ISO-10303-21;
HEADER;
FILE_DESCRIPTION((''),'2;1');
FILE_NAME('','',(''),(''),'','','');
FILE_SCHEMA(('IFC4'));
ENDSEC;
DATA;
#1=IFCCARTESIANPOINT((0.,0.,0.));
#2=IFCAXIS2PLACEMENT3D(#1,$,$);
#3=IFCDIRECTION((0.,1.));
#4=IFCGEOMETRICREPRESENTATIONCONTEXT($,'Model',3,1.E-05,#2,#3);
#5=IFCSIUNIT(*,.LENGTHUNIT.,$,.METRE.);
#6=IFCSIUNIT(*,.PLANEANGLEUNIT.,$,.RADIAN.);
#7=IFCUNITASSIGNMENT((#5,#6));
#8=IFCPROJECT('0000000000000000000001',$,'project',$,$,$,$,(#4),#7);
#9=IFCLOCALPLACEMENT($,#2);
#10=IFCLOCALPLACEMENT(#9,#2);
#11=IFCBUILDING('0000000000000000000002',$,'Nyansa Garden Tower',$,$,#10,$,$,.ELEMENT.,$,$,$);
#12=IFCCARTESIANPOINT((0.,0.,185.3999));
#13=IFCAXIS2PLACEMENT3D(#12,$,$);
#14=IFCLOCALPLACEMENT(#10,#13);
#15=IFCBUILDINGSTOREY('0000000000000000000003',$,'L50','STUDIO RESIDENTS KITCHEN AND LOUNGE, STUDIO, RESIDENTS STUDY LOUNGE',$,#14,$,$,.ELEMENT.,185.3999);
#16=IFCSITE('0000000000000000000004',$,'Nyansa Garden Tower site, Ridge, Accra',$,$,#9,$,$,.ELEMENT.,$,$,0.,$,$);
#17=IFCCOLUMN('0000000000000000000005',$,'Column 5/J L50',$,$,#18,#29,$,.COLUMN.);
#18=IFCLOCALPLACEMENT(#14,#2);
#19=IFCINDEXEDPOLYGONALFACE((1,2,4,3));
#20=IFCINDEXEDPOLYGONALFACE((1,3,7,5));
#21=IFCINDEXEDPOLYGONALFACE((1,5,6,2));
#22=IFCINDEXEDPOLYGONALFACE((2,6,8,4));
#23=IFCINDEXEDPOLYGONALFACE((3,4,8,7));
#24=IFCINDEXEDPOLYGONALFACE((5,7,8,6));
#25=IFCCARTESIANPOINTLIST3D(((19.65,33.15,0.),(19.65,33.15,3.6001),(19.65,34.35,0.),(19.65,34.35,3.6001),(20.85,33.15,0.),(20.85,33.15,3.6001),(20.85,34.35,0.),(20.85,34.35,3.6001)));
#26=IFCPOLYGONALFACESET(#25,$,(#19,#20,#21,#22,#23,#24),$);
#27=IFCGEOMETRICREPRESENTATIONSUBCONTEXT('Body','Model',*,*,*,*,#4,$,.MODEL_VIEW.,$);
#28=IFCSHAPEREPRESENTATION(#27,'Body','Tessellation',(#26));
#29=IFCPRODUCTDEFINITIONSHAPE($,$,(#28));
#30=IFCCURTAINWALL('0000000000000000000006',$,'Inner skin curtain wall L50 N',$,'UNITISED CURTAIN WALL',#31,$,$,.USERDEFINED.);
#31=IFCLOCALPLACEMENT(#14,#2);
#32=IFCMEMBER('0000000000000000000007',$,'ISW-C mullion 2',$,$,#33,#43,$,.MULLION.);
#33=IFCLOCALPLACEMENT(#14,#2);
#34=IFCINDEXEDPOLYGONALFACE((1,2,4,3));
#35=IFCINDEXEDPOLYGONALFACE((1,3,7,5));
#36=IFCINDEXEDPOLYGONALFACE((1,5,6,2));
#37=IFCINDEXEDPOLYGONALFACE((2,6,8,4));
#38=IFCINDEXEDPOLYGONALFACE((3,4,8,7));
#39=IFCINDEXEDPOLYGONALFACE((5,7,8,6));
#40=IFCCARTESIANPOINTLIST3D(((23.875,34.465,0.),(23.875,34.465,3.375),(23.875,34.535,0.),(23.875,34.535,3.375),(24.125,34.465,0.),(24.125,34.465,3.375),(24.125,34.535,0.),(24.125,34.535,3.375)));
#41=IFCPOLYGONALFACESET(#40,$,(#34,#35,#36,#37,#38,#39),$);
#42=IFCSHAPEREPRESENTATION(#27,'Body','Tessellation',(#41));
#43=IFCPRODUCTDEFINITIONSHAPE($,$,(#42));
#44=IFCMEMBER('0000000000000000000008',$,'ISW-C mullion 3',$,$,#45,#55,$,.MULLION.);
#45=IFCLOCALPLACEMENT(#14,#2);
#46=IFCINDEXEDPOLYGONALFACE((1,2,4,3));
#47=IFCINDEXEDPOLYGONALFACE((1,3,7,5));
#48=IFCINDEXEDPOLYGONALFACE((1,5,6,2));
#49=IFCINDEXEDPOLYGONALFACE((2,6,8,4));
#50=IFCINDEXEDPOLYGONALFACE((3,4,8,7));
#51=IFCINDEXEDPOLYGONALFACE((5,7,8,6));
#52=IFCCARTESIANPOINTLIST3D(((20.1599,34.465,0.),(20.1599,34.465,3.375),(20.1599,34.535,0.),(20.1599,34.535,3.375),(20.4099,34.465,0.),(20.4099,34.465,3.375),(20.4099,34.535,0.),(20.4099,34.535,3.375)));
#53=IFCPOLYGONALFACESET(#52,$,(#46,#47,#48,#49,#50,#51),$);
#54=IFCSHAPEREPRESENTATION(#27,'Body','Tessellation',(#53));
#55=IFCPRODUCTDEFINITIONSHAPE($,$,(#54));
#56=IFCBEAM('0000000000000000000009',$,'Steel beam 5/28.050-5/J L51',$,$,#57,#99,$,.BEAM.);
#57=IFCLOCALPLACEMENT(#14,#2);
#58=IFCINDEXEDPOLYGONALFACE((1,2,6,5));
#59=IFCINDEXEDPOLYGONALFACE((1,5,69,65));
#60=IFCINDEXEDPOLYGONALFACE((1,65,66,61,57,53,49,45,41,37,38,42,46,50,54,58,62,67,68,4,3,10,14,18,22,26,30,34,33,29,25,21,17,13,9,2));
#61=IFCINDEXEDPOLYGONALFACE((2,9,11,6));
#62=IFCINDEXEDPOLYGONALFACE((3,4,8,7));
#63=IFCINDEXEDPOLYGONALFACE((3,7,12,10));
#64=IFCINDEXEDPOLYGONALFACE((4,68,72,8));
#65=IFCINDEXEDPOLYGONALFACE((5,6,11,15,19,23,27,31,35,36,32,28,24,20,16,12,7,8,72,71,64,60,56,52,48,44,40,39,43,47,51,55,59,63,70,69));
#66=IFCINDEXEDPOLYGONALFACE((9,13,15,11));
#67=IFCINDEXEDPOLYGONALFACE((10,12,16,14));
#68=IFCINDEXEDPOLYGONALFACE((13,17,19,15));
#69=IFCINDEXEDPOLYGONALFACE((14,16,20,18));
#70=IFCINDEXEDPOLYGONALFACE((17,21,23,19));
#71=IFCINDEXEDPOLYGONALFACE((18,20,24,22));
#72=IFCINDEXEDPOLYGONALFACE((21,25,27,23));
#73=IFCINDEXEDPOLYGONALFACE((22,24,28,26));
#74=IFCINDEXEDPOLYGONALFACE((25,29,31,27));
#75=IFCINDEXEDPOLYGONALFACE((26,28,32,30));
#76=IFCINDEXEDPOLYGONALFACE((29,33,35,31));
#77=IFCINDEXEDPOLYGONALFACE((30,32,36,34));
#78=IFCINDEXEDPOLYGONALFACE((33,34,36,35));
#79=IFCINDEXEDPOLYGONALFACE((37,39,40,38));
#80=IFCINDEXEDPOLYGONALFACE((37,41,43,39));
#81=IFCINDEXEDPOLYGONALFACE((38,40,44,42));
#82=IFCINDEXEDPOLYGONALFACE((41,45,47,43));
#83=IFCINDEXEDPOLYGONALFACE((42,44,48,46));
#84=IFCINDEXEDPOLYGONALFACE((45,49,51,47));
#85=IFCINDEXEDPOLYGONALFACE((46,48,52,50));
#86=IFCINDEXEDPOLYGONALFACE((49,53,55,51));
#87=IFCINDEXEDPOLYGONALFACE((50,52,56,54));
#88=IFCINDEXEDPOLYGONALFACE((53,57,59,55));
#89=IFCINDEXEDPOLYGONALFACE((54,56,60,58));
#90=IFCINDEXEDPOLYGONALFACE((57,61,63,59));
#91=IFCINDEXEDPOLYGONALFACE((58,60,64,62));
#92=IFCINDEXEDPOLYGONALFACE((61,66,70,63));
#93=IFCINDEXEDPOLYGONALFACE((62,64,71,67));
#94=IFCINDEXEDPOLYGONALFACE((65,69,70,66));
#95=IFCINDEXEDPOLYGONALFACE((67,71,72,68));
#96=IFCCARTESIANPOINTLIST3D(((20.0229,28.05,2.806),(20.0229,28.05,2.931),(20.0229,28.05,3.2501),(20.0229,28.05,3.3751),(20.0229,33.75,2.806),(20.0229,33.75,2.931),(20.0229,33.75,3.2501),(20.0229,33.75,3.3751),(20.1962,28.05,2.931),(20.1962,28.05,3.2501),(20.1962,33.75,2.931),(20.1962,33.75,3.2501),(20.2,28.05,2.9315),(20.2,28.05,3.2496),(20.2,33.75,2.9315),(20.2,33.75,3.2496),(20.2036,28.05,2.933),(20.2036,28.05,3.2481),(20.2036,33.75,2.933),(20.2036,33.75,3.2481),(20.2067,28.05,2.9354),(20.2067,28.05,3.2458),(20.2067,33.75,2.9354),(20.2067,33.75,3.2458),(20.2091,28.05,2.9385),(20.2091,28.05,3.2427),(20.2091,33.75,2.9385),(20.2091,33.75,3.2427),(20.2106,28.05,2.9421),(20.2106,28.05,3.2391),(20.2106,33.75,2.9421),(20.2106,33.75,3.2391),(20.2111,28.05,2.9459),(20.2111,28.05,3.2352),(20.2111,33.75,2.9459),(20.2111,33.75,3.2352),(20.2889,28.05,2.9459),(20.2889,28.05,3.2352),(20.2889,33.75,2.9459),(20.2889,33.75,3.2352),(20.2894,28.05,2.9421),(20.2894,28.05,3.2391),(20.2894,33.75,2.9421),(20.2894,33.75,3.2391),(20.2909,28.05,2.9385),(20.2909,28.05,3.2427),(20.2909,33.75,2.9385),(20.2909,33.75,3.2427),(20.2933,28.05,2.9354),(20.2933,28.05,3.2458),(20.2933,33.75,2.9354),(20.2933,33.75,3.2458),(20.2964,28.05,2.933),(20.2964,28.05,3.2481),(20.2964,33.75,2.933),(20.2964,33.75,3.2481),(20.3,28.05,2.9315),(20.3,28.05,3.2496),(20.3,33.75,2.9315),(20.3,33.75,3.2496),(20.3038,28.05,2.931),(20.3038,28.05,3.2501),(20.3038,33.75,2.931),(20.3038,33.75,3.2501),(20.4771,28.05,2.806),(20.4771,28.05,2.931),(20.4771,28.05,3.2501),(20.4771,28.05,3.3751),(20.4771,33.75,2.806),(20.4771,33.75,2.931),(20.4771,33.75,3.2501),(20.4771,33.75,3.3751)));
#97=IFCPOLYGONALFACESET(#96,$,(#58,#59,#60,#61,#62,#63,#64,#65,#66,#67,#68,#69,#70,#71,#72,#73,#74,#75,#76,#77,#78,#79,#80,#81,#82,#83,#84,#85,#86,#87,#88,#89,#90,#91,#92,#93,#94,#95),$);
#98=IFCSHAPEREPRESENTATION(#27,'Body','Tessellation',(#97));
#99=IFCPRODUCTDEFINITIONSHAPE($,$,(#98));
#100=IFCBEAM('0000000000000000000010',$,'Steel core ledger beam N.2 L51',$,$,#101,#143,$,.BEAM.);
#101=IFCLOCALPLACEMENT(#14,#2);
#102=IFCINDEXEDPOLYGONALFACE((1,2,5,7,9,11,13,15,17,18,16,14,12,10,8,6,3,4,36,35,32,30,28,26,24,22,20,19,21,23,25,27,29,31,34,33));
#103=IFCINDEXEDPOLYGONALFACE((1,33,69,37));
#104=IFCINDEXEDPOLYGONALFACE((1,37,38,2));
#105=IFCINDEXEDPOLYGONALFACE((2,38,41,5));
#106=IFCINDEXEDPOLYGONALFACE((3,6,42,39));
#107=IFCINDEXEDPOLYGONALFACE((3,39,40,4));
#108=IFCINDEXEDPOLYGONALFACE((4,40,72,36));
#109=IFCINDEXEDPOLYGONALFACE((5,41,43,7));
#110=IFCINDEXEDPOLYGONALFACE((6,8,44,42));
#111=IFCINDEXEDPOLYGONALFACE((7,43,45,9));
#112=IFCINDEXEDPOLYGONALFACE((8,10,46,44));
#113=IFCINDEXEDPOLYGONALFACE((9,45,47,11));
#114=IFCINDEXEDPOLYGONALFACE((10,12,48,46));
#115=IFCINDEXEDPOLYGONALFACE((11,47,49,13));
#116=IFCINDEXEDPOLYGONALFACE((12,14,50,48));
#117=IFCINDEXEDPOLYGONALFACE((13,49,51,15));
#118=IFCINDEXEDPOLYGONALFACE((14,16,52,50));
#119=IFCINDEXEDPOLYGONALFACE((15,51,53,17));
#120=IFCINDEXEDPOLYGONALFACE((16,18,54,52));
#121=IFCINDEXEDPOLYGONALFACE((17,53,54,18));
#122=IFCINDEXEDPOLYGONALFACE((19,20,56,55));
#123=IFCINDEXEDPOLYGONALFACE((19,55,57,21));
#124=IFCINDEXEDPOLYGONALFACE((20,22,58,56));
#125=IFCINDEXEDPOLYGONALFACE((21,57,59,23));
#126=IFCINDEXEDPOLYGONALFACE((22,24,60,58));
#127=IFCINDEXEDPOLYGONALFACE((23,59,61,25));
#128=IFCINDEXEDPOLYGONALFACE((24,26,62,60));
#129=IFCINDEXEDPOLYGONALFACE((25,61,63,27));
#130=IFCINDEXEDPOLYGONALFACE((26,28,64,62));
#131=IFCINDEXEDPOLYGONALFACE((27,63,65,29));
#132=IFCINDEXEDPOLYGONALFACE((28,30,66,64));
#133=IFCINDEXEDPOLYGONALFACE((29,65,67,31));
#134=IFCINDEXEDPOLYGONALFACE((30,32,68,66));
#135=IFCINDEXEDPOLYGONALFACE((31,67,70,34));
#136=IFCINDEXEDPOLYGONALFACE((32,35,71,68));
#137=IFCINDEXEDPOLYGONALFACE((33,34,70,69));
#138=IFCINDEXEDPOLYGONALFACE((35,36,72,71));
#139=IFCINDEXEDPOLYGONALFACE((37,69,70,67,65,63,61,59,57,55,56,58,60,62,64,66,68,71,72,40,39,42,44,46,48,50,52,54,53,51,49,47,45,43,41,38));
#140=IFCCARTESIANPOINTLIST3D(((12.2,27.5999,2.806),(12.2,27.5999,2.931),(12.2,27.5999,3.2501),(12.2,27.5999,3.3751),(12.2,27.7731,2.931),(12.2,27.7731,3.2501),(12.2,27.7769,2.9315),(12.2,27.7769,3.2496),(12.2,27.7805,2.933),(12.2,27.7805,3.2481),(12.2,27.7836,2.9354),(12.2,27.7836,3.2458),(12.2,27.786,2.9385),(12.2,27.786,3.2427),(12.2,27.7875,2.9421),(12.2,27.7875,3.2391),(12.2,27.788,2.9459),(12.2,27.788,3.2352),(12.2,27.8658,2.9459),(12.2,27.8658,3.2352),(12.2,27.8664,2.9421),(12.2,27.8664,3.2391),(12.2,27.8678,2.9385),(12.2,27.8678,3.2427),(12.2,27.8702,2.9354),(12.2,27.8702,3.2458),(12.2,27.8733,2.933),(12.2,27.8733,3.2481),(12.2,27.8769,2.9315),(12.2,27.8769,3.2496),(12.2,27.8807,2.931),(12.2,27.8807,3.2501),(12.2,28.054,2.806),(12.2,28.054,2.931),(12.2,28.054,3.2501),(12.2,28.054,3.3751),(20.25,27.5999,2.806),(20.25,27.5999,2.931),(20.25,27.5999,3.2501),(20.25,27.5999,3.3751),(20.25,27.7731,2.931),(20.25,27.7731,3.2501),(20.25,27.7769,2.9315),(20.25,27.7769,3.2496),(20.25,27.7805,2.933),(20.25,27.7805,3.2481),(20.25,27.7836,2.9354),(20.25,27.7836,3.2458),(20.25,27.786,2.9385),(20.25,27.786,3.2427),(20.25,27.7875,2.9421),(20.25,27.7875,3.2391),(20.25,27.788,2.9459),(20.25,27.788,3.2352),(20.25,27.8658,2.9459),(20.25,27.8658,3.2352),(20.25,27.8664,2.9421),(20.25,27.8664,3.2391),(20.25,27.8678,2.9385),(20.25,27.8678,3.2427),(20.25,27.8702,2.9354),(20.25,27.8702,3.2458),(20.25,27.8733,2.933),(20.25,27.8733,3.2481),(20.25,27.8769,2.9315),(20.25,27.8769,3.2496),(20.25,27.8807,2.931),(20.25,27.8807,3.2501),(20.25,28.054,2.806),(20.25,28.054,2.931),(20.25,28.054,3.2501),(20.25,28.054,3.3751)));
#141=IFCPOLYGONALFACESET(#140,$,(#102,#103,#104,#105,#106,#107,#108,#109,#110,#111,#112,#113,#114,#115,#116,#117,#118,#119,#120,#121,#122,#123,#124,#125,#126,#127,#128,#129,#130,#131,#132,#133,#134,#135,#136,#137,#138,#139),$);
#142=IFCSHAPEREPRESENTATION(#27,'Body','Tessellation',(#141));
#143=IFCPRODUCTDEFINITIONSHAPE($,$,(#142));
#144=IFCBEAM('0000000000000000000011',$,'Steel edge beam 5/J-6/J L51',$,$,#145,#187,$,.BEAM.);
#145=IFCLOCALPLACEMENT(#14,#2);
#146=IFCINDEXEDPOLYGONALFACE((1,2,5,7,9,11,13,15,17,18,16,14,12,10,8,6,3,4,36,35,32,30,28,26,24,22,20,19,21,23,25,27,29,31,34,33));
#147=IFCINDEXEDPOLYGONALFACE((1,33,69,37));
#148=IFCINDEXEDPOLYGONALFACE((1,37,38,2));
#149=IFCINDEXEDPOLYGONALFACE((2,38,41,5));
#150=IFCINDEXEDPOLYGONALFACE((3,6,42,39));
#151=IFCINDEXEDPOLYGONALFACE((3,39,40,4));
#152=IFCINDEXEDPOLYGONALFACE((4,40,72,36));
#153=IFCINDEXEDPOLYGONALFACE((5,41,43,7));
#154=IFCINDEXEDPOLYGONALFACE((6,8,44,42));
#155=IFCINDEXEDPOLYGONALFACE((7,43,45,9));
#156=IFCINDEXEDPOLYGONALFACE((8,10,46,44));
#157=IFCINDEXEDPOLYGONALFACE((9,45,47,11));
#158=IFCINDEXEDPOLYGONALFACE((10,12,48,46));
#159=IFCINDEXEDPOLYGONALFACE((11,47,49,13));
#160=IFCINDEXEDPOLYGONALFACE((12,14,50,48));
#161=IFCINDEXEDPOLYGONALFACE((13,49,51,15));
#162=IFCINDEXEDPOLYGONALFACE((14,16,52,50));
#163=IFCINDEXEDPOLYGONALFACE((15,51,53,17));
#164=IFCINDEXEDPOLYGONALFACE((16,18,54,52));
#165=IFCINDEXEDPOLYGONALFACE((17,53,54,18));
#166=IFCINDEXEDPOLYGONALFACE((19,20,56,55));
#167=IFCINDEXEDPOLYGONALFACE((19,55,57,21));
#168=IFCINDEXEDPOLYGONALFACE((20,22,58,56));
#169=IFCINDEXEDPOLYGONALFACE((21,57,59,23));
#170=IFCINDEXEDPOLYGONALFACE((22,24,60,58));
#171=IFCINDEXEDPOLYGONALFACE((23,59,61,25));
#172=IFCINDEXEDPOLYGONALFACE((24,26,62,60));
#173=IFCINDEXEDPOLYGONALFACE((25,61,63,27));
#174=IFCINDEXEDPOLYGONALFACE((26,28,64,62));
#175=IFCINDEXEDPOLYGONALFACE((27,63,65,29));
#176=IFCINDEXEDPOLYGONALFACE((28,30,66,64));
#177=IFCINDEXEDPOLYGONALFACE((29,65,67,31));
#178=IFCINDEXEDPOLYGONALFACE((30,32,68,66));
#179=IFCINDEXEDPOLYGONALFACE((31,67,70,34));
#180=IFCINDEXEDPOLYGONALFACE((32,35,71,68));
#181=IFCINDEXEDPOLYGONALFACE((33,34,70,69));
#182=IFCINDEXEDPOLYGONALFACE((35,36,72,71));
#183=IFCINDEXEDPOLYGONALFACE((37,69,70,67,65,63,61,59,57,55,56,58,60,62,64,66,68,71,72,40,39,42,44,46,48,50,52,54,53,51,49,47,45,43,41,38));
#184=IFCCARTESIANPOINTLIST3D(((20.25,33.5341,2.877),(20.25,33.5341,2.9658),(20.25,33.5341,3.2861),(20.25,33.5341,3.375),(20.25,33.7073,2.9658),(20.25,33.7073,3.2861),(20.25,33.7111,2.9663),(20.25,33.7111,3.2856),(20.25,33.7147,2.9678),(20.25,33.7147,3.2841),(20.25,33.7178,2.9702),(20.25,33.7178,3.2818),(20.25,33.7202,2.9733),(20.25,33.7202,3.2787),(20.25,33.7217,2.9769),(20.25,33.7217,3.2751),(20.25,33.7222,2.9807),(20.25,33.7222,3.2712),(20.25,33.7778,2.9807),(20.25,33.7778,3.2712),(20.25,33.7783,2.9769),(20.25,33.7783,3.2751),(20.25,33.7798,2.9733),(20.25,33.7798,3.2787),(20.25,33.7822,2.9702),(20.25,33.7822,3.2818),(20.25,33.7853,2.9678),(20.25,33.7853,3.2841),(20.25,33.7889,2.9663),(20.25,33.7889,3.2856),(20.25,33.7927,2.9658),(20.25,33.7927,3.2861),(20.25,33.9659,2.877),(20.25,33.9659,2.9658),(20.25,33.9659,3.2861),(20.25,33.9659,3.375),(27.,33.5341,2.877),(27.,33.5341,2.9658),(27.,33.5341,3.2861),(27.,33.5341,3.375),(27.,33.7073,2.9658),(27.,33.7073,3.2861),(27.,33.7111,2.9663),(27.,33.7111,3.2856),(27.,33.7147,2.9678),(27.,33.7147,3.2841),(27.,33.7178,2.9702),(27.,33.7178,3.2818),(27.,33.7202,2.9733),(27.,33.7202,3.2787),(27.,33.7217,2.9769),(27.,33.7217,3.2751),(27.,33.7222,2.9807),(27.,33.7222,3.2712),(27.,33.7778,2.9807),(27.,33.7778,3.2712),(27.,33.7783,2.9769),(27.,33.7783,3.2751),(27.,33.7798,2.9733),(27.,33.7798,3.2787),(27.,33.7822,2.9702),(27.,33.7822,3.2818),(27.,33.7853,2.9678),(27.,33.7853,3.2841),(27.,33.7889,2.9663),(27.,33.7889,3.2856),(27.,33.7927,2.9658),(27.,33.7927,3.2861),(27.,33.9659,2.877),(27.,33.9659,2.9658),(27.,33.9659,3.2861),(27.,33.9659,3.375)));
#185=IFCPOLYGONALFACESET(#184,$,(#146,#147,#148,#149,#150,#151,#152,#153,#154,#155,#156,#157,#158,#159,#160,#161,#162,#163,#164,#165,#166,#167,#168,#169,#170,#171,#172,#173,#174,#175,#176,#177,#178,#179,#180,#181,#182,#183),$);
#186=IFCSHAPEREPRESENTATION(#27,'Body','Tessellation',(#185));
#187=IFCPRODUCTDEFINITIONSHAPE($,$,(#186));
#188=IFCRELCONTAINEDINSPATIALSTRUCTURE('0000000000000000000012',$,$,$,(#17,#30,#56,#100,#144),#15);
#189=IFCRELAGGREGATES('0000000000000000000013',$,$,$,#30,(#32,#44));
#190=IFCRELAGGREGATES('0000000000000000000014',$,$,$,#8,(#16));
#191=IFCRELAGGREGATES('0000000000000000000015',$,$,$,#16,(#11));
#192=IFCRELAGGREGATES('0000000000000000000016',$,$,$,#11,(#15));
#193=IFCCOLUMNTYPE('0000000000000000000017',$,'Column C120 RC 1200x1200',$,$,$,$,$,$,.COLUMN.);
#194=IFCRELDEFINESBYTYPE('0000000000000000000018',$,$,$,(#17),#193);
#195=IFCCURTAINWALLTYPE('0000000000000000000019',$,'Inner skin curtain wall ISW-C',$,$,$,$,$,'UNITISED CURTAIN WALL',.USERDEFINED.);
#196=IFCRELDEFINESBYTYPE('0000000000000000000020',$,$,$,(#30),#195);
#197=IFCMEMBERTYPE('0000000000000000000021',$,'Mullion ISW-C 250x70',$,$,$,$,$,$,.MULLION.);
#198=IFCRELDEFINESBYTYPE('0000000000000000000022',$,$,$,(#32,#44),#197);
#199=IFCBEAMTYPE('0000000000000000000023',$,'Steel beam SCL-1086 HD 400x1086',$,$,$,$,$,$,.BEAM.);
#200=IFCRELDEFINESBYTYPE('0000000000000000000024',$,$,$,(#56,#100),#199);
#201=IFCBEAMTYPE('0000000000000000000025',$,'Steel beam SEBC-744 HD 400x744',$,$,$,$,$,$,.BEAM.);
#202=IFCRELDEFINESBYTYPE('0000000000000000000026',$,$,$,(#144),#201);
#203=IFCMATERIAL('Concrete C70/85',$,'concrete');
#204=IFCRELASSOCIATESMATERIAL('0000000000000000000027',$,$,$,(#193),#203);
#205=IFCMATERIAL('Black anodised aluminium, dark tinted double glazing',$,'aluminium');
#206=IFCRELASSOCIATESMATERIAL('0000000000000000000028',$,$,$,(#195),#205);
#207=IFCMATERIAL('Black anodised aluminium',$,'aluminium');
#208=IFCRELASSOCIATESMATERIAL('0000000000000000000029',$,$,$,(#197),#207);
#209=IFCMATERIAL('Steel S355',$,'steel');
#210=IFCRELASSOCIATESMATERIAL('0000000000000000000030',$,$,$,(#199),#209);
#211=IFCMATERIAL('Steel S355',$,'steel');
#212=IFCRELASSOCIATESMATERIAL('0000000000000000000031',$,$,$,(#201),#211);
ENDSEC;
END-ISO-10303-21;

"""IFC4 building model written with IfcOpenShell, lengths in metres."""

from ifc_helpers import new_model, si_unit, direction, frame, origin, origin_2d, place, context, subcontext, project, spatial, rectangle, i_section, extrude, material, material_profile, profile_set, type_object, element, aggregate, save


model = new_model("IFC4")

# Units and contexts
model_context = context("Model", 3, precision=1e-05, world=origin(), true_north=direction((0.0, 1.0)))
body_context = subcontext(model_context, "Body", "Model", "MODEL_VIEW")
ifc_project = project(units=[si_unit("LENGTHUNIT", "METRE"), si_unit("PLANEANGLEUNIT", "RADIAN")], contexts=[model_context])

# Site, building, storey
site_placement = place(None, origin())
site = spatial("IfcSite", under=ifc_project, at=site_placement, Name="Nyansa Garden Tower site, Ridge, Accra", CompositionType="ELEMENT", RefElevation=0.0)
building_placement = place(site_placement, origin())
building = spatial("IfcBuilding", under=site, at=building_placement, Name="Nyansa Garden Tower", CompositionType="ELEMENT")
storey_placement = place(building_placement, frame((0.0, 0.0, 185.3999)))
storey = spatial("IfcBuildingStorey", under=building, at=storey_placement, Name="L50", Description="STUDIO RESIDENTS KITCHEN AND LOUNGE, STUDIO, RESIDENTS STUDY LOUNGE", CompositionType="ELEMENT", Elevation=185.3999)

# Column
ifc_material_1 = material(Name="Concrete C70/85", Category="concrete")
ifc_material_profile_1 = material_profile(ifc_material_1, rectangle(XDim=1.2, YDim=1.2, at=origin_2d()), Name="RC 1200x1200")
ifc_profile_set_1 = profile_set([ifc_material_profile_1], Name="Concrete C70/85")
column_type = type_object("IfcColumnType", Name="Column C120 RC 1200x1200", PredefinedType="COLUMN", material=ifc_profile_set_1)
column_placement = place(storey_placement, frame((20.25, 33.75, 0.0), z_axis=(0.0, 0.0, 1.0), x_axis=(1.0, 0.0, 0.0)))
element("IfcColumn", 1, at=column_placement, inside=storey, type_object=column_type, Name="Column 5/J L50", PredefinedType="COLUMN", context=body_context, shape_type="SweptSolid", body=[
    extrude(rectangle(XDim=1.2, YDim=1.2, at=origin_2d()), origin(), (0.0, 0.0, 1.0), 3.6001),
])

# Curtain wall, members
ifc_material_2 = material(Name="Black anodised aluminium, dark tinted double glazing", Category="aluminium")
curtain_wall_type = type_object("IfcCurtainWallType", Name="Inner skin curtain wall ISW-C", ElementType="UNITISED CURTAIN WALL", PredefinedType="USERDEFINED", material=ifc_material_2)
curtain_wall_placement = place(storey_placement, origin())
curtain_wall = element("IfcCurtainWall", 2, at=curtain_wall_placement, inside=storey, type_object=curtain_wall_type, Name="Inner skin curtain wall L50 N", ObjectType="UNITISED CURTAIN WALL", PredefinedType="USERDEFINED")
ifc_material_3 = material(Name="Black anodised aluminium", Category="aluminium")
ifc_material_profile_2 = material_profile(ifc_material_3, rectangle(XDim=0.0701, YDim=0.25, at=origin_2d()), Name="Mullion 250x70")
ifc_profile_set_2 = profile_set([ifc_material_profile_2], Name="Black anodised aluminium")
member_type_1 = type_object("IfcMemberType", Name="Mullion ISW-C 250x70", PredefinedType="MULLION", material=ifc_profile_set_2)
member_1_placement = place(storey_placement, frame((24.0, 34.5, 0.0), z_axis=(0.0, 0.0, 1.0), x_axis=(0.0, -1.0, 0.0)))
member_1 = element("IfcMember", 3, at=member_1_placement, type_object=member_type_1, Name="ISW-C mullion 2", PredefinedType="MULLION", context=body_context, shape_type="SweptSolid", body=[
    extrude(rectangle(XDim=0.0701, YDim=0.25, at=origin_2d()), origin(), (0.0, 0.0, 1.0), 3.375),
])
member_2_placement = place(storey_placement, frame((20.2849, 34.5, 0.0), z_axis=(0.0, 0.0, 1.0), x_axis=(0.0, -1.0, 0.0)))
member_2 = element("IfcMember", 4, at=member_2_placement, type_object=member_type_1, Name="ISW-C mullion 3", PredefinedType="MULLION", context=body_context, shape_type="SweptSolid", body=[
    extrude(rectangle(XDim=0.0701, YDim=0.25, at=origin_2d()), origin(), (0.0, 0.0, 1.0), 3.375),
])

# Beams
ifc_material_4 = material(Name="Steel S355", Category="steel")
ifc_material_profile_3 = material_profile(ifc_material_4, i_section(OverallWidth=0.4541, OverallDepth=0.5691, WebThickness=0.0779, FlangeThickness=0.125, FilletRadius=0.0149, at=origin_2d()), Name="HD 400x1086")
ifc_profile_set_3 = profile_set([ifc_material_profile_3], Name="Steel S355")
beam_type_1 = type_object("IfcBeamType", Name="Steel beam SCL-1086 HD 400x1086", PredefinedType="BEAM", material=ifc_profile_set_3)
beam_1_placement = place(storey_placement, frame((20.25, 28.05, 3.0906), z_axis=(0.0, 1.0, 0.0), x_axis=(-1.0, 0.0, 0.0)))
element("IfcBeam", 5, at=beam_1_placement, inside=storey, type_object=beam_type_1, Name="Steel beam 5/28.050-5/J L51", PredefinedType="BEAM", context=body_context, shape_type="SweptSolid", body=[
    extrude(i_section(OverallWidth=0.4541, OverallDepth=0.5691, WebThickness=0.0779, FlangeThickness=0.125, FilletRadius=0.0149, at=origin_2d()), origin(), (0.0, 0.0, 1.0), 5.7),
])
beam_2_placement = place(storey_placement, frame((20.25, 27.8269, 3.0906), z_axis=(-1.0, 0.0, 0.0), x_axis=(0.0, -1.0, 0.0)))
element("IfcBeam", 6, at=beam_2_placement, inside=storey, type_object=beam_type_1, Name="Steel core ledger beam N.2 L51", PredefinedType="BEAM", context=body_context, shape_type="SweptSolid", body=[
    extrude(i_section(OverallWidth=0.4541, OverallDepth=0.5691, WebThickness=0.0779, FlangeThickness=0.125, FilletRadius=0.0149, at=origin_2d()), origin(), (0.0, 0.0, 1.0), 8.05),
])
ifc_material_5 = material(Name="Steel S355", Category="steel")
ifc_material_profile_4 = material_profile(ifc_material_5, i_section(OverallWidth=0.4319, OverallDepth=0.498, WebThickness=0.0557, FlangeThickness=0.0889, FilletRadius=0.0149, at=origin_2d()), Name="HD 400x744")
ifc_profile_set_4 = profile_set([ifc_material_profile_4], Name="Steel S355")
beam_type_2 = type_object("IfcBeamType", Name="Steel beam SEBC-744 HD 400x744", PredefinedType="BEAM", material=ifc_profile_set_4)
beam_3_placement = place(storey_placement, frame((20.25, 33.75, 3.126), z_axis=(1.0, 0.0, 0.0), x_axis=(0.0, 1.0, 0.0)))
element("IfcBeam", 7, at=beam_3_placement, inside=storey, type_object=beam_type_2, Name="Steel edge beam 5/J-6/J L51", PredefinedType="BEAM", context=body_context, shape_type="SweptSolid", body=[
    extrude(i_section(OverallWidth=0.4319, OverallDepth=0.498, WebThickness=0.0557, FlangeThickness=0.0889, FilletRadius=0.0149, at=origin_2d()), origin(), (0.0, 0.0, 1.0), 6.75),
])

aggregate(curtain_wall, [member_1, member_2])

save(model, "model.ifc")
